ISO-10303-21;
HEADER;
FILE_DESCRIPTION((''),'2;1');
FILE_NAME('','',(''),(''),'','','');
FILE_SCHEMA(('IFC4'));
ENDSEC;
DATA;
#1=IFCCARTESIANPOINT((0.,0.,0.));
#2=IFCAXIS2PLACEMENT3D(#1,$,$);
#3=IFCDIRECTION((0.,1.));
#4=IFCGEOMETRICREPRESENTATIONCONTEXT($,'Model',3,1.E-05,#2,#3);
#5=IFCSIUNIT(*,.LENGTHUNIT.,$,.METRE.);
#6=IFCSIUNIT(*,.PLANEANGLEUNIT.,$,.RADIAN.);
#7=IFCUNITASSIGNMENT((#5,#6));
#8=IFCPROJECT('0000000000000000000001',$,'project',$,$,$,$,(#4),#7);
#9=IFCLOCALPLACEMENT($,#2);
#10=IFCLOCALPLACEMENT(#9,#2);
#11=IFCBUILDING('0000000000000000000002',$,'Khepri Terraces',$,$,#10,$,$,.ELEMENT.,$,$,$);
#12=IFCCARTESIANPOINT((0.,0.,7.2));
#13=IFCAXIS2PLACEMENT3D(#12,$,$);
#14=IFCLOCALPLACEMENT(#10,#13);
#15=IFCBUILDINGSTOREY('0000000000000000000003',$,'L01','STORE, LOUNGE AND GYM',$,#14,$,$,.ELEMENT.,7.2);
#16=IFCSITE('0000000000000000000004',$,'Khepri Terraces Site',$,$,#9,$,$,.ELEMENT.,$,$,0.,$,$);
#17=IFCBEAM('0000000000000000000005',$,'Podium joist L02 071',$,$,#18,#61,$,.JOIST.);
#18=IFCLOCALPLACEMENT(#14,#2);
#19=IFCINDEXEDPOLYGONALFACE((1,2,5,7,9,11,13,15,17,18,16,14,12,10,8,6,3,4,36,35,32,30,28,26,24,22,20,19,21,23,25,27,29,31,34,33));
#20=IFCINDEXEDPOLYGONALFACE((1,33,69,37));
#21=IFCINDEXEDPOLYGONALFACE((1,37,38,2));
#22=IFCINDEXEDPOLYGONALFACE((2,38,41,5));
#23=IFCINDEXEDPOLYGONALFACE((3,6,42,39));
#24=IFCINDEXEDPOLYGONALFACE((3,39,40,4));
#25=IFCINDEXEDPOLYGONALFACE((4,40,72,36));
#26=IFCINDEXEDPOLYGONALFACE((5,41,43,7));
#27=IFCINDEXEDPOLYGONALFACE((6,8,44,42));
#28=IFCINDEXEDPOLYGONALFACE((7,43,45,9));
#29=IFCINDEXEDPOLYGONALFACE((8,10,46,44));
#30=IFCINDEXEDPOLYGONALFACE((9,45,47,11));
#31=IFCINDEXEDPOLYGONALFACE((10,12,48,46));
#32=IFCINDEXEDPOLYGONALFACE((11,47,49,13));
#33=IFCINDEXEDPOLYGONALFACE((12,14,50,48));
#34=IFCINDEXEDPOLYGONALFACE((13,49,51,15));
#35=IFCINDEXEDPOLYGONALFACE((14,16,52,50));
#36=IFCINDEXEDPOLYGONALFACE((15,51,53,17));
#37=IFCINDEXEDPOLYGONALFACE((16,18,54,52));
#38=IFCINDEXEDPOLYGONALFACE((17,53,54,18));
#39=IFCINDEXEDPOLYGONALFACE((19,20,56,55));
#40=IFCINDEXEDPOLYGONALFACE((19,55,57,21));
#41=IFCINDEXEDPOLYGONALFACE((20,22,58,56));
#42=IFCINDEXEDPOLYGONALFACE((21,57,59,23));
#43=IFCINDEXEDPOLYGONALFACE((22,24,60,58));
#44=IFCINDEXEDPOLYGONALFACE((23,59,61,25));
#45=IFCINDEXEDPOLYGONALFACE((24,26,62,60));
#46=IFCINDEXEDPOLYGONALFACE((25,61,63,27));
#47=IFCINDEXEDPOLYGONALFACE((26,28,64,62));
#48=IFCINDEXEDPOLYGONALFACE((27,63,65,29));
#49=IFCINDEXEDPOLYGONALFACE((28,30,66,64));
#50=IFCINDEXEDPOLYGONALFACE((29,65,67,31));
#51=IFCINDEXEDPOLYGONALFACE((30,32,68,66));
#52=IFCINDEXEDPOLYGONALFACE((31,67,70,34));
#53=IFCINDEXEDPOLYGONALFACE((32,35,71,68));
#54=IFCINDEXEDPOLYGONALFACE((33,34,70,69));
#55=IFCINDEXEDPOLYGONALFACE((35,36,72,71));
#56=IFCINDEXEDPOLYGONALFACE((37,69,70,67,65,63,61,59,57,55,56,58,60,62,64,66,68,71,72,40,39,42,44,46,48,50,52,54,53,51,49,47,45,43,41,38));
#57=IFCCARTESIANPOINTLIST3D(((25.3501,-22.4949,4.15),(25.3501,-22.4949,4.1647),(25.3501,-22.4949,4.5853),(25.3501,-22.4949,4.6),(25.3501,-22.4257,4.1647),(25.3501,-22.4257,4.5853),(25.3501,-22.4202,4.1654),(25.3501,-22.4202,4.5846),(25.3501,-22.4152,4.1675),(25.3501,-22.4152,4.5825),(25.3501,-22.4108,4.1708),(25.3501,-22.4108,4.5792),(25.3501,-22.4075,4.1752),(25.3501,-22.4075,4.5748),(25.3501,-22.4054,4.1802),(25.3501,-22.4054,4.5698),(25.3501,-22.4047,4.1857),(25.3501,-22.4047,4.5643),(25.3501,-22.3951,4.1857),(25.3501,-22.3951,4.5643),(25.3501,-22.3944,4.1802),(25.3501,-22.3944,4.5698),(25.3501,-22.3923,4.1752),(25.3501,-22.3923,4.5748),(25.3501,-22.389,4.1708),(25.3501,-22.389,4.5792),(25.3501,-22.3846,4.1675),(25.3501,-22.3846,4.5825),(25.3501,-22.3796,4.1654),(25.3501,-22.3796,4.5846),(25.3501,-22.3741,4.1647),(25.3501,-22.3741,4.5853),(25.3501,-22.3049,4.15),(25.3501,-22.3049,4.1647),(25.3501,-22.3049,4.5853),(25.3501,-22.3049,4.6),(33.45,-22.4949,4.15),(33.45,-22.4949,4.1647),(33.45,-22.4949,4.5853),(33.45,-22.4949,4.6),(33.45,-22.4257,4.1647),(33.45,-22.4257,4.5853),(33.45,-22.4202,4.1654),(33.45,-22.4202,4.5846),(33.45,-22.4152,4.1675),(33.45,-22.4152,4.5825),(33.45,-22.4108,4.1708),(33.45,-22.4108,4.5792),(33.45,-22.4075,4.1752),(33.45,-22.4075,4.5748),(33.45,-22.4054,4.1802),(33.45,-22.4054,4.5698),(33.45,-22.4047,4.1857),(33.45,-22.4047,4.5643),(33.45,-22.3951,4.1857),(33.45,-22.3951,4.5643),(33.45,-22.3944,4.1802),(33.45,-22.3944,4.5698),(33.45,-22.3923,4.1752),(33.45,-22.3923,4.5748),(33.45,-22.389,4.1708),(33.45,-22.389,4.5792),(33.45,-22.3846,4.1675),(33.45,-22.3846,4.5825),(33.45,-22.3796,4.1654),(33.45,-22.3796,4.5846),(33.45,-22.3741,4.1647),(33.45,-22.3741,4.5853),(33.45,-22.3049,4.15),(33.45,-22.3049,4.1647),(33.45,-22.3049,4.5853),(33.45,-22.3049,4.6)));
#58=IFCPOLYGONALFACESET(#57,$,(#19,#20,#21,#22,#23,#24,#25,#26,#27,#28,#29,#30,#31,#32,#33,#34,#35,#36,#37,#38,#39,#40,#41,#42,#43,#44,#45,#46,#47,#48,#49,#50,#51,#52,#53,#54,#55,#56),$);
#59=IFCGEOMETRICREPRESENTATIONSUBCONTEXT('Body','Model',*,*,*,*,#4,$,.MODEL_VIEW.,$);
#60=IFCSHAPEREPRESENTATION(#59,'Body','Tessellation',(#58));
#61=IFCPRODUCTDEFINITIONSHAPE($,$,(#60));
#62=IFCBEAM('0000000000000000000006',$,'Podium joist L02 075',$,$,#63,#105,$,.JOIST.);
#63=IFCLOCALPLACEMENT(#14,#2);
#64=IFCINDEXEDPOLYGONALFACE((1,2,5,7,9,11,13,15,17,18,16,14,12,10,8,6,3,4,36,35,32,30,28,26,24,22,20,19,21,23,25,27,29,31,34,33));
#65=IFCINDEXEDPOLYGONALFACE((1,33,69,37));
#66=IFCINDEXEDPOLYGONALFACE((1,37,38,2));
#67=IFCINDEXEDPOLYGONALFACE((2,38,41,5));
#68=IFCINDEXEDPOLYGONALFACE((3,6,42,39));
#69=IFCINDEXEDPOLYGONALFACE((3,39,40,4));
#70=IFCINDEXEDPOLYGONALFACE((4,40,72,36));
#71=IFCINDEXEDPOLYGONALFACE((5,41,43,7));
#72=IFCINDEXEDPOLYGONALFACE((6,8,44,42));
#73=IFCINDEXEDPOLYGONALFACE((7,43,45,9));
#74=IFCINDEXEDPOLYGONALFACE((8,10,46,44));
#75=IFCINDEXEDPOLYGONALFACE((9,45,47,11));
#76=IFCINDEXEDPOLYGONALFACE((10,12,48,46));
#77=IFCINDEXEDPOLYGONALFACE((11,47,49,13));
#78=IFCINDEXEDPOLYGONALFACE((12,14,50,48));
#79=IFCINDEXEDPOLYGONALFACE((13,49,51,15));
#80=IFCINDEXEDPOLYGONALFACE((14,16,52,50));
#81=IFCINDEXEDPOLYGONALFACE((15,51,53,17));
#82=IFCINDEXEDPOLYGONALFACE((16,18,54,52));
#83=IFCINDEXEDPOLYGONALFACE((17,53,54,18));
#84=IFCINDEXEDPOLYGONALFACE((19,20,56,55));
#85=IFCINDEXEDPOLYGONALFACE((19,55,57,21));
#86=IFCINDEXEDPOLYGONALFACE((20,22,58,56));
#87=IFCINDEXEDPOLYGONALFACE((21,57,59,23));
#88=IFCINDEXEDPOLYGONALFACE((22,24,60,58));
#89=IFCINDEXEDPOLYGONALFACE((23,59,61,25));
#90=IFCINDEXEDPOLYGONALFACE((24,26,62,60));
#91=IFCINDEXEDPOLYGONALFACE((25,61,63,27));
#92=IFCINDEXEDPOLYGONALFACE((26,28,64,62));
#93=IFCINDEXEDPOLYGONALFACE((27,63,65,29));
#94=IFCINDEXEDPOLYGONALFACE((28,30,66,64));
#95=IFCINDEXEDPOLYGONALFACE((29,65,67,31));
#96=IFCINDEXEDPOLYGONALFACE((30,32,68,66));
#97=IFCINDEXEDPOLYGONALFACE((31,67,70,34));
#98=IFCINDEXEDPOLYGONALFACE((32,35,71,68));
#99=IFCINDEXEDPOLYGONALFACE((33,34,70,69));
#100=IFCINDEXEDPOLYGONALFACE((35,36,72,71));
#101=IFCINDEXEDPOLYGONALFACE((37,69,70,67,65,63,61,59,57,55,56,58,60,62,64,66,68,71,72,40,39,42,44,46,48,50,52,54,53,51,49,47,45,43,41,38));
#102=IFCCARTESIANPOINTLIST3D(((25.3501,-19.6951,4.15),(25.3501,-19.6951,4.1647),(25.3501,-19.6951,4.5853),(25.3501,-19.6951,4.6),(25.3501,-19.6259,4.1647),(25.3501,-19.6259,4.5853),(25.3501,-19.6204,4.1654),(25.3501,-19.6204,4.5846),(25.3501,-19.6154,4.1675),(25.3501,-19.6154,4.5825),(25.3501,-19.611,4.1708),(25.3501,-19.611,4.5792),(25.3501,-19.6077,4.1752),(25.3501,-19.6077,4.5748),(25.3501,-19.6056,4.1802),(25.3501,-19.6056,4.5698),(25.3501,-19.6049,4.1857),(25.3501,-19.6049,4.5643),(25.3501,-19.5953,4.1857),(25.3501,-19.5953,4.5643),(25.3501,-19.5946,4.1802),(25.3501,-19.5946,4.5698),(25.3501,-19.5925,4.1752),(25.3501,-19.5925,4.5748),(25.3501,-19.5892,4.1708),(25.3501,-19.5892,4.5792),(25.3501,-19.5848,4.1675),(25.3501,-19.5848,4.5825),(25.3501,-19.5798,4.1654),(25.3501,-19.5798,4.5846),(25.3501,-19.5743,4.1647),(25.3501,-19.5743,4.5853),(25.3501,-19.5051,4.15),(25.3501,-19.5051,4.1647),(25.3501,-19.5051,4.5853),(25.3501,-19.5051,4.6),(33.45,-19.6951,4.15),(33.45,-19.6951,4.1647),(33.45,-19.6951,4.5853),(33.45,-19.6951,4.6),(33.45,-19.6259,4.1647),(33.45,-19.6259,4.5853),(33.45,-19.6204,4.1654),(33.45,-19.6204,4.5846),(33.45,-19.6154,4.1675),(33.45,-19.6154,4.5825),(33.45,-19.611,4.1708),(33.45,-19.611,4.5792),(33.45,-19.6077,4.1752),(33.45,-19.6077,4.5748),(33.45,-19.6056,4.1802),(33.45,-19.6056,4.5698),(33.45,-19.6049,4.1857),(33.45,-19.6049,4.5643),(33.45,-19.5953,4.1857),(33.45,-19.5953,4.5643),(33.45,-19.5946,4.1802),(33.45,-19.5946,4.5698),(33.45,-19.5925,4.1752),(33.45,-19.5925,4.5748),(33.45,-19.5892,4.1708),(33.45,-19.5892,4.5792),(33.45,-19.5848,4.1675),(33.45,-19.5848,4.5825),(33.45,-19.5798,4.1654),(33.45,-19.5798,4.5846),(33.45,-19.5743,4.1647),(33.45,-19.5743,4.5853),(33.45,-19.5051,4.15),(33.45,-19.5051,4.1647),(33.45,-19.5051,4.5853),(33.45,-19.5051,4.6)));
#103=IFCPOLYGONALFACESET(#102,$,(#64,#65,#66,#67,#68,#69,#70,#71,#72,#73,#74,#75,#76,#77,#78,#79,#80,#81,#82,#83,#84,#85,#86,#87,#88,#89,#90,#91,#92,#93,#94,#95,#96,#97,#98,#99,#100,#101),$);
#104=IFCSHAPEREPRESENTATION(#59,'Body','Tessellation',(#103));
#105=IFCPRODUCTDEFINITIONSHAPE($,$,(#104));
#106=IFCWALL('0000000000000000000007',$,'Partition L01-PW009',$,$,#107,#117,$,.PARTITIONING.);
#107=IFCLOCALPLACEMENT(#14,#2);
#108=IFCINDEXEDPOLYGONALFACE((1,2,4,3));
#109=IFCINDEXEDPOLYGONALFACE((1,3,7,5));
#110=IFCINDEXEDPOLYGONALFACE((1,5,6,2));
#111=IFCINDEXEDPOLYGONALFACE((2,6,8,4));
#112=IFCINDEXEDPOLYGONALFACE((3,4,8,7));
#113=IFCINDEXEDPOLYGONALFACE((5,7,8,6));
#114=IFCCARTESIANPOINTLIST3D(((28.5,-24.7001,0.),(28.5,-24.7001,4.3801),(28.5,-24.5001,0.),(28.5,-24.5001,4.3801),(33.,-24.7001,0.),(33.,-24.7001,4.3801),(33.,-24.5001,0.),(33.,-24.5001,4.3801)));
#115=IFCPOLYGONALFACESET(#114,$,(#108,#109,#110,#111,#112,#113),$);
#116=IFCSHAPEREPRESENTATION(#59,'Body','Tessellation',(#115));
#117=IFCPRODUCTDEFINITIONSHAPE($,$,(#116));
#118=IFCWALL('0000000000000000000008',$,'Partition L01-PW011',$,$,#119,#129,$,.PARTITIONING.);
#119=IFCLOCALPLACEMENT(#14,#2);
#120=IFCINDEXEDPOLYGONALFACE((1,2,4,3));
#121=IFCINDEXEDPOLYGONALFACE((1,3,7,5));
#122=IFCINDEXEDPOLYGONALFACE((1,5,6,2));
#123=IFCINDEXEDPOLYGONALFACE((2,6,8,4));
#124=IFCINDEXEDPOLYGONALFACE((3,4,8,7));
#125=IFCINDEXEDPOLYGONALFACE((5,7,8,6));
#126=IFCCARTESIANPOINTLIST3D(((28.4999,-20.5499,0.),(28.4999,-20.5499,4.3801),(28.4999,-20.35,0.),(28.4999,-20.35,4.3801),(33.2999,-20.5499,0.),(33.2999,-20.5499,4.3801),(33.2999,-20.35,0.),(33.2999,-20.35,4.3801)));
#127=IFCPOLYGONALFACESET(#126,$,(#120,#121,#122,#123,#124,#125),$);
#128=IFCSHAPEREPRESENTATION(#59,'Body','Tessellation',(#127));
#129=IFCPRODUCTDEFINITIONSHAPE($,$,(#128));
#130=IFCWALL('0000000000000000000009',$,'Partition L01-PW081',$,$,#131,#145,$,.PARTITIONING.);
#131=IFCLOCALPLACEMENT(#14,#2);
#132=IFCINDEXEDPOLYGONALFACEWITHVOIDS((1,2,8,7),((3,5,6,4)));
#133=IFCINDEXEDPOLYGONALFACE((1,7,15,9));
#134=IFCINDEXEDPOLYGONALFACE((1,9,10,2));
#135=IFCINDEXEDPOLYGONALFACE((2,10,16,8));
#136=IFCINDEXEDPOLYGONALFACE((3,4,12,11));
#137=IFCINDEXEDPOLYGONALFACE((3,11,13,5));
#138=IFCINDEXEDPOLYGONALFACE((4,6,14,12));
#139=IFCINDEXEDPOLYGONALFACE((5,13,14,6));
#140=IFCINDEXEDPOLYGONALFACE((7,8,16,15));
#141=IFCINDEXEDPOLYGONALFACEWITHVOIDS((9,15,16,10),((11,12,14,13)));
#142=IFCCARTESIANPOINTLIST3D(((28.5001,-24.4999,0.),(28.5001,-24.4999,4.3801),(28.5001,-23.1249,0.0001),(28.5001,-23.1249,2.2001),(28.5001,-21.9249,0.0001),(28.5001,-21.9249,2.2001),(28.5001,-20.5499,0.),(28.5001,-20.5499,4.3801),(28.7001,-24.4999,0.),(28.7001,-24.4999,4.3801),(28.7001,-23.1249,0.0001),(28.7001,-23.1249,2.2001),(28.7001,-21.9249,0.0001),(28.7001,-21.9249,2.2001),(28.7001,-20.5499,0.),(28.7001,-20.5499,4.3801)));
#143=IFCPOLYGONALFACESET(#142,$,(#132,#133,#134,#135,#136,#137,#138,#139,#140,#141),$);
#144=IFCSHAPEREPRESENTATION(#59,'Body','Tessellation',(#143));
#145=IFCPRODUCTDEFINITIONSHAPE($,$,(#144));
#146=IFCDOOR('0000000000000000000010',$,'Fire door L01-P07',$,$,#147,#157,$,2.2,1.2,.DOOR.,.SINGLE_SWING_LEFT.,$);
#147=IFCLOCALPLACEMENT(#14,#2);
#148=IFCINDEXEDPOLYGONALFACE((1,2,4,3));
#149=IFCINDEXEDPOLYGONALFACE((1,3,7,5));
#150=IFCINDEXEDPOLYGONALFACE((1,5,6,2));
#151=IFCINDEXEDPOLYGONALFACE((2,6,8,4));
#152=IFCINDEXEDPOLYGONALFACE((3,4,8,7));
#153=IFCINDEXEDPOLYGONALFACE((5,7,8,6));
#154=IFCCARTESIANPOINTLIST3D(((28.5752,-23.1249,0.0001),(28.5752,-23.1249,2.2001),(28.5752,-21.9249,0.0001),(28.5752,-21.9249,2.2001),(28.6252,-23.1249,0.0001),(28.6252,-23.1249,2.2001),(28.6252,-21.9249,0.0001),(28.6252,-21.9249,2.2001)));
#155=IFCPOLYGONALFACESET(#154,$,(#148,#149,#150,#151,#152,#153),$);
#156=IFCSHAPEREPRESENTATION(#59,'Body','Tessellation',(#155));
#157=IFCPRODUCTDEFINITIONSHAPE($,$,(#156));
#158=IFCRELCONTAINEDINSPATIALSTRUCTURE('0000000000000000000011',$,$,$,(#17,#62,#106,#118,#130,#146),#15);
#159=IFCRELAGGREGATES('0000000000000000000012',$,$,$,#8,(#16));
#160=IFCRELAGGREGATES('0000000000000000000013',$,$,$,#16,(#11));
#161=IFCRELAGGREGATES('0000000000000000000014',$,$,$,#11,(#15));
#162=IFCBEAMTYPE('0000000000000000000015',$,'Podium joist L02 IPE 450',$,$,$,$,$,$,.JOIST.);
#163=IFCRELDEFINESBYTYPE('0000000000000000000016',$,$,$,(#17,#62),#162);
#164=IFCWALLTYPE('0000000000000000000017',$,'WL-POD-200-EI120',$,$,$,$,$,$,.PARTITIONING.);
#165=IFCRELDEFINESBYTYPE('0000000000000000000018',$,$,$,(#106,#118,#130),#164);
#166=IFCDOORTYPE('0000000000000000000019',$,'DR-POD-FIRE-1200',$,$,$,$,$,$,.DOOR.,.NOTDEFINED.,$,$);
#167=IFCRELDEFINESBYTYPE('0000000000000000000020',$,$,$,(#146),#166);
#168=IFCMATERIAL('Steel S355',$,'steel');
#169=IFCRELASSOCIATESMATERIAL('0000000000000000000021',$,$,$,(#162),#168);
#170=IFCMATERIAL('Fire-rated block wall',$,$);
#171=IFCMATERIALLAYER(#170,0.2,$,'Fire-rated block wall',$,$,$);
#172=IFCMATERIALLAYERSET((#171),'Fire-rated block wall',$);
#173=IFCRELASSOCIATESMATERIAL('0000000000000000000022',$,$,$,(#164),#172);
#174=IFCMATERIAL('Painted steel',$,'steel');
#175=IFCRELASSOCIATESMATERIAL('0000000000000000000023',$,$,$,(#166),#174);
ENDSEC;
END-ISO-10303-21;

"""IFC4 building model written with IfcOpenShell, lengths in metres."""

from ifc_helpers import new_model, si_unit, direction, frame, frame_2d, origin, origin_2d, place, context, subcontext, project, spatial, rectangle, i_section, extrude, material, layer, layer_set, material_profile, profile_set, type_object, element, fill, save


model = new_model("IFC4")

# Units and contexts
model_context = context("Model", 3, precision=1e-05, world=origin(), true_north=direction((0.0, 1.0)))
body_context = subcontext(model_context, "Body", "Model", "MODEL_VIEW")
ifc_project = project(units=[si_unit("LENGTHUNIT", "METRE"), si_unit("PLANEANGLEUNIT", "RADIAN")], contexts=[model_context])

# Site, building, storey
site_placement = place(None, origin())
site = spatial("IfcSite", under=ifc_project, at=site_placement, Name="Khepri Terraces Site", CompositionType="ELEMENT", RefElevation=0.0)
building_placement = place(site_placement, origin())
building = spatial("IfcBuilding", under=site, at=building_placement, Name="Khepri Terraces", CompositionType="ELEMENT")
storey_placement = place(building_placement, frame((0.0, 0.0, 7.2)))
storey = spatial("IfcBuildingStorey", under=building, at=storey_placement, Name="L01", Description="STORE, LOUNGE AND GYM", CompositionType="ELEMENT", Elevation=7.2)

# Beams
ifc_material_1 = material(Name="Steel S355", Category="steel")
ifc_material_profile_1 = material_profile(ifc_material_1, i_section(OverallWidth=0.1899, OverallDepth=0.45, WebThickness=0.0095, FlangeThickness=0.0146, FilletRadius=0.021, at=origin_2d()), Name="Steel S355", Category="steel")
ifc_profile_set_1 = profile_set([ifc_material_profile_1], Name="Steel S355")
beam_type_1 = type_object("IfcBeamType", Name="Podium joist L02 IPE 450", PredefinedType="JOIST", material=ifc_profile_set_1)
for number, where, z_axis, x_axis, name in (
    (1, (25.3501, -22.3999, 4.375), (1.0, 0.0, 0.0), (0.0, 1.0, 0.0), "Podium joist L02 071"),
    (2, (25.3501, -19.6001, 4.375), (1.0, 0.0, 0.0), (0.0, 1.0, 0.0), "Podium joist L02 075"),
):
    element("IfcBeam", number, at=place(storey_placement, frame(where, z_axis=z_axis, x_axis=x_axis)), inside=storey, type_object=beam_type_1, Name=name, PredefinedType="JOIST", context=body_context, shape_type="SweptSolid", body=[
        extrude(i_section(OverallWidth=0.1899, OverallDepth=0.45, WebThickness=0.0095, FlangeThickness=0.0146, FilletRadius=0.021, at=origin_2d()), origin(), (0.0, 0.0, 1.0), 8.0999),
    ])

# Walls
ifc_material_2 = material(Name="Fire-rated block wall")
ifc_layer_1 = layer(ifc_material_2, 0.2, Name="Fire-rated block wall")
ifc_layer_set_1 = layer_set([ifc_layer_1], Name="Fire-rated block wall")
wall_type_1 = type_object("IfcWallType", Name="WL-POD-200-EI120", PredefinedType="PARTITIONING", material=ifc_layer_set_1)
wall_1_placement = place(storey_placement, frame((28.5, -24.6001, 0.0), z_axis=(0.0, 0.0, 1.0), x_axis=(1.0, 0.0, 0.0)))
element("IfcWall", 3, at=wall_1_placement, inside=storey, type_object=wall_type_1, Name="Partition L01-PW009", PredefinedType="PARTITIONING", context=body_context, shape_type="SweptSolid", body=[
    extrude(rectangle(XDim=4.5, YDim=0.2, at=frame_2d((2.25, 0.0))), origin(), (0.0, 0.0, 1.0), 4.3801),
])
wall_2_placement = place(storey_placement, frame((28.5, -20.45, 0.0), z_axis=(0.0, 0.0, 1.0), x_axis=(1.0, 0.0, 0.0)))
element("IfcWall", 4, at=wall_2_placement, inside=storey, type_object=wall_type_1, Name="Partition L01-PW011", PredefinedType="PARTITIONING", context=body_context, shape_type="SweptSolid", body=[
    extrude(rectangle(XDim=4.8, YDim=0.2, at=frame_2d((2.3999, 0.0))), origin(), (0.0, 0.0, 1.0), 4.3801),
])

# Wall, opening, door
wall_3_placement = place(storey_placement, frame((28.6001, -24.5, 0.0), z_axis=(0.0, 0.0, 1.0), x_axis=(0.0, 1.0, 0.0)))
wall_3 = element("IfcWall", 5, at=wall_3_placement, inside=storey, type_object=wall_type_1, Name="Partition L01-PW081", PredefinedType="PARTITIONING", context=body_context, shape_type="SweptSolid", body=[
    extrude(rectangle(XDim=3.95, YDim=0.2, at=frame_2d((1.9751, 0.0))), origin(), (0.0, 0.0, 1.0), 4.3801),
])
opening_1_placement = place(wall_3_placement, frame((1.375, 0.0, 0.0)))
opening_1 = element("IfcOpeningElement", 6, at=opening_1_placement, cuts=wall_3, PredefinedType="OPENING", context=body_context, shape_type="SweptSolid", body=[
    extrude(rectangle(XDim=1.2, YDim=2.2, at=frame_2d((0.6001, 1.1001))), frame((0.0, 0.1099, 0.0), z_axis=(0.0, -1.0, 0.0), x_axis=(1.0, 0.0, 0.0)), (0.0, 0.0, 1.0), 0.22),
])
ifc_material_3 = material(Name="Painted steel", Category="steel")
door_type_1 = type_object("IfcDoorType", Name="DR-POD-FIRE-1200", OperationType="NOTDEFINED", PredefinedType="DOOR", material=ifc_material_3)
door_1_placement = place(opening_1_placement, origin())
door_1 = element("IfcDoor", 7, at=door_1_placement, inside=storey, type_object=door_type_1, Name="Fire door L01-P07", OperationType="SINGLE_SWING_LEFT", OverallHeight=2.2, OverallWidth=1.2, PredefinedType="DOOR", context=body_context, shape_type="SweptSolid", body=[
    extrude(rectangle(XDim=1.2, YDim=2.2, at=frame_2d((0.6001, 1.1001))), frame((0.0, 0.0249, 0.0), z_axis=(0.0, -1.0, 0.0), x_axis=(1.0, 0.0, 0.0)), (0.0, 0.0, 1.0), 0.05),
])
fill(opening_1, door_1)

save(model, "model.ifc")
